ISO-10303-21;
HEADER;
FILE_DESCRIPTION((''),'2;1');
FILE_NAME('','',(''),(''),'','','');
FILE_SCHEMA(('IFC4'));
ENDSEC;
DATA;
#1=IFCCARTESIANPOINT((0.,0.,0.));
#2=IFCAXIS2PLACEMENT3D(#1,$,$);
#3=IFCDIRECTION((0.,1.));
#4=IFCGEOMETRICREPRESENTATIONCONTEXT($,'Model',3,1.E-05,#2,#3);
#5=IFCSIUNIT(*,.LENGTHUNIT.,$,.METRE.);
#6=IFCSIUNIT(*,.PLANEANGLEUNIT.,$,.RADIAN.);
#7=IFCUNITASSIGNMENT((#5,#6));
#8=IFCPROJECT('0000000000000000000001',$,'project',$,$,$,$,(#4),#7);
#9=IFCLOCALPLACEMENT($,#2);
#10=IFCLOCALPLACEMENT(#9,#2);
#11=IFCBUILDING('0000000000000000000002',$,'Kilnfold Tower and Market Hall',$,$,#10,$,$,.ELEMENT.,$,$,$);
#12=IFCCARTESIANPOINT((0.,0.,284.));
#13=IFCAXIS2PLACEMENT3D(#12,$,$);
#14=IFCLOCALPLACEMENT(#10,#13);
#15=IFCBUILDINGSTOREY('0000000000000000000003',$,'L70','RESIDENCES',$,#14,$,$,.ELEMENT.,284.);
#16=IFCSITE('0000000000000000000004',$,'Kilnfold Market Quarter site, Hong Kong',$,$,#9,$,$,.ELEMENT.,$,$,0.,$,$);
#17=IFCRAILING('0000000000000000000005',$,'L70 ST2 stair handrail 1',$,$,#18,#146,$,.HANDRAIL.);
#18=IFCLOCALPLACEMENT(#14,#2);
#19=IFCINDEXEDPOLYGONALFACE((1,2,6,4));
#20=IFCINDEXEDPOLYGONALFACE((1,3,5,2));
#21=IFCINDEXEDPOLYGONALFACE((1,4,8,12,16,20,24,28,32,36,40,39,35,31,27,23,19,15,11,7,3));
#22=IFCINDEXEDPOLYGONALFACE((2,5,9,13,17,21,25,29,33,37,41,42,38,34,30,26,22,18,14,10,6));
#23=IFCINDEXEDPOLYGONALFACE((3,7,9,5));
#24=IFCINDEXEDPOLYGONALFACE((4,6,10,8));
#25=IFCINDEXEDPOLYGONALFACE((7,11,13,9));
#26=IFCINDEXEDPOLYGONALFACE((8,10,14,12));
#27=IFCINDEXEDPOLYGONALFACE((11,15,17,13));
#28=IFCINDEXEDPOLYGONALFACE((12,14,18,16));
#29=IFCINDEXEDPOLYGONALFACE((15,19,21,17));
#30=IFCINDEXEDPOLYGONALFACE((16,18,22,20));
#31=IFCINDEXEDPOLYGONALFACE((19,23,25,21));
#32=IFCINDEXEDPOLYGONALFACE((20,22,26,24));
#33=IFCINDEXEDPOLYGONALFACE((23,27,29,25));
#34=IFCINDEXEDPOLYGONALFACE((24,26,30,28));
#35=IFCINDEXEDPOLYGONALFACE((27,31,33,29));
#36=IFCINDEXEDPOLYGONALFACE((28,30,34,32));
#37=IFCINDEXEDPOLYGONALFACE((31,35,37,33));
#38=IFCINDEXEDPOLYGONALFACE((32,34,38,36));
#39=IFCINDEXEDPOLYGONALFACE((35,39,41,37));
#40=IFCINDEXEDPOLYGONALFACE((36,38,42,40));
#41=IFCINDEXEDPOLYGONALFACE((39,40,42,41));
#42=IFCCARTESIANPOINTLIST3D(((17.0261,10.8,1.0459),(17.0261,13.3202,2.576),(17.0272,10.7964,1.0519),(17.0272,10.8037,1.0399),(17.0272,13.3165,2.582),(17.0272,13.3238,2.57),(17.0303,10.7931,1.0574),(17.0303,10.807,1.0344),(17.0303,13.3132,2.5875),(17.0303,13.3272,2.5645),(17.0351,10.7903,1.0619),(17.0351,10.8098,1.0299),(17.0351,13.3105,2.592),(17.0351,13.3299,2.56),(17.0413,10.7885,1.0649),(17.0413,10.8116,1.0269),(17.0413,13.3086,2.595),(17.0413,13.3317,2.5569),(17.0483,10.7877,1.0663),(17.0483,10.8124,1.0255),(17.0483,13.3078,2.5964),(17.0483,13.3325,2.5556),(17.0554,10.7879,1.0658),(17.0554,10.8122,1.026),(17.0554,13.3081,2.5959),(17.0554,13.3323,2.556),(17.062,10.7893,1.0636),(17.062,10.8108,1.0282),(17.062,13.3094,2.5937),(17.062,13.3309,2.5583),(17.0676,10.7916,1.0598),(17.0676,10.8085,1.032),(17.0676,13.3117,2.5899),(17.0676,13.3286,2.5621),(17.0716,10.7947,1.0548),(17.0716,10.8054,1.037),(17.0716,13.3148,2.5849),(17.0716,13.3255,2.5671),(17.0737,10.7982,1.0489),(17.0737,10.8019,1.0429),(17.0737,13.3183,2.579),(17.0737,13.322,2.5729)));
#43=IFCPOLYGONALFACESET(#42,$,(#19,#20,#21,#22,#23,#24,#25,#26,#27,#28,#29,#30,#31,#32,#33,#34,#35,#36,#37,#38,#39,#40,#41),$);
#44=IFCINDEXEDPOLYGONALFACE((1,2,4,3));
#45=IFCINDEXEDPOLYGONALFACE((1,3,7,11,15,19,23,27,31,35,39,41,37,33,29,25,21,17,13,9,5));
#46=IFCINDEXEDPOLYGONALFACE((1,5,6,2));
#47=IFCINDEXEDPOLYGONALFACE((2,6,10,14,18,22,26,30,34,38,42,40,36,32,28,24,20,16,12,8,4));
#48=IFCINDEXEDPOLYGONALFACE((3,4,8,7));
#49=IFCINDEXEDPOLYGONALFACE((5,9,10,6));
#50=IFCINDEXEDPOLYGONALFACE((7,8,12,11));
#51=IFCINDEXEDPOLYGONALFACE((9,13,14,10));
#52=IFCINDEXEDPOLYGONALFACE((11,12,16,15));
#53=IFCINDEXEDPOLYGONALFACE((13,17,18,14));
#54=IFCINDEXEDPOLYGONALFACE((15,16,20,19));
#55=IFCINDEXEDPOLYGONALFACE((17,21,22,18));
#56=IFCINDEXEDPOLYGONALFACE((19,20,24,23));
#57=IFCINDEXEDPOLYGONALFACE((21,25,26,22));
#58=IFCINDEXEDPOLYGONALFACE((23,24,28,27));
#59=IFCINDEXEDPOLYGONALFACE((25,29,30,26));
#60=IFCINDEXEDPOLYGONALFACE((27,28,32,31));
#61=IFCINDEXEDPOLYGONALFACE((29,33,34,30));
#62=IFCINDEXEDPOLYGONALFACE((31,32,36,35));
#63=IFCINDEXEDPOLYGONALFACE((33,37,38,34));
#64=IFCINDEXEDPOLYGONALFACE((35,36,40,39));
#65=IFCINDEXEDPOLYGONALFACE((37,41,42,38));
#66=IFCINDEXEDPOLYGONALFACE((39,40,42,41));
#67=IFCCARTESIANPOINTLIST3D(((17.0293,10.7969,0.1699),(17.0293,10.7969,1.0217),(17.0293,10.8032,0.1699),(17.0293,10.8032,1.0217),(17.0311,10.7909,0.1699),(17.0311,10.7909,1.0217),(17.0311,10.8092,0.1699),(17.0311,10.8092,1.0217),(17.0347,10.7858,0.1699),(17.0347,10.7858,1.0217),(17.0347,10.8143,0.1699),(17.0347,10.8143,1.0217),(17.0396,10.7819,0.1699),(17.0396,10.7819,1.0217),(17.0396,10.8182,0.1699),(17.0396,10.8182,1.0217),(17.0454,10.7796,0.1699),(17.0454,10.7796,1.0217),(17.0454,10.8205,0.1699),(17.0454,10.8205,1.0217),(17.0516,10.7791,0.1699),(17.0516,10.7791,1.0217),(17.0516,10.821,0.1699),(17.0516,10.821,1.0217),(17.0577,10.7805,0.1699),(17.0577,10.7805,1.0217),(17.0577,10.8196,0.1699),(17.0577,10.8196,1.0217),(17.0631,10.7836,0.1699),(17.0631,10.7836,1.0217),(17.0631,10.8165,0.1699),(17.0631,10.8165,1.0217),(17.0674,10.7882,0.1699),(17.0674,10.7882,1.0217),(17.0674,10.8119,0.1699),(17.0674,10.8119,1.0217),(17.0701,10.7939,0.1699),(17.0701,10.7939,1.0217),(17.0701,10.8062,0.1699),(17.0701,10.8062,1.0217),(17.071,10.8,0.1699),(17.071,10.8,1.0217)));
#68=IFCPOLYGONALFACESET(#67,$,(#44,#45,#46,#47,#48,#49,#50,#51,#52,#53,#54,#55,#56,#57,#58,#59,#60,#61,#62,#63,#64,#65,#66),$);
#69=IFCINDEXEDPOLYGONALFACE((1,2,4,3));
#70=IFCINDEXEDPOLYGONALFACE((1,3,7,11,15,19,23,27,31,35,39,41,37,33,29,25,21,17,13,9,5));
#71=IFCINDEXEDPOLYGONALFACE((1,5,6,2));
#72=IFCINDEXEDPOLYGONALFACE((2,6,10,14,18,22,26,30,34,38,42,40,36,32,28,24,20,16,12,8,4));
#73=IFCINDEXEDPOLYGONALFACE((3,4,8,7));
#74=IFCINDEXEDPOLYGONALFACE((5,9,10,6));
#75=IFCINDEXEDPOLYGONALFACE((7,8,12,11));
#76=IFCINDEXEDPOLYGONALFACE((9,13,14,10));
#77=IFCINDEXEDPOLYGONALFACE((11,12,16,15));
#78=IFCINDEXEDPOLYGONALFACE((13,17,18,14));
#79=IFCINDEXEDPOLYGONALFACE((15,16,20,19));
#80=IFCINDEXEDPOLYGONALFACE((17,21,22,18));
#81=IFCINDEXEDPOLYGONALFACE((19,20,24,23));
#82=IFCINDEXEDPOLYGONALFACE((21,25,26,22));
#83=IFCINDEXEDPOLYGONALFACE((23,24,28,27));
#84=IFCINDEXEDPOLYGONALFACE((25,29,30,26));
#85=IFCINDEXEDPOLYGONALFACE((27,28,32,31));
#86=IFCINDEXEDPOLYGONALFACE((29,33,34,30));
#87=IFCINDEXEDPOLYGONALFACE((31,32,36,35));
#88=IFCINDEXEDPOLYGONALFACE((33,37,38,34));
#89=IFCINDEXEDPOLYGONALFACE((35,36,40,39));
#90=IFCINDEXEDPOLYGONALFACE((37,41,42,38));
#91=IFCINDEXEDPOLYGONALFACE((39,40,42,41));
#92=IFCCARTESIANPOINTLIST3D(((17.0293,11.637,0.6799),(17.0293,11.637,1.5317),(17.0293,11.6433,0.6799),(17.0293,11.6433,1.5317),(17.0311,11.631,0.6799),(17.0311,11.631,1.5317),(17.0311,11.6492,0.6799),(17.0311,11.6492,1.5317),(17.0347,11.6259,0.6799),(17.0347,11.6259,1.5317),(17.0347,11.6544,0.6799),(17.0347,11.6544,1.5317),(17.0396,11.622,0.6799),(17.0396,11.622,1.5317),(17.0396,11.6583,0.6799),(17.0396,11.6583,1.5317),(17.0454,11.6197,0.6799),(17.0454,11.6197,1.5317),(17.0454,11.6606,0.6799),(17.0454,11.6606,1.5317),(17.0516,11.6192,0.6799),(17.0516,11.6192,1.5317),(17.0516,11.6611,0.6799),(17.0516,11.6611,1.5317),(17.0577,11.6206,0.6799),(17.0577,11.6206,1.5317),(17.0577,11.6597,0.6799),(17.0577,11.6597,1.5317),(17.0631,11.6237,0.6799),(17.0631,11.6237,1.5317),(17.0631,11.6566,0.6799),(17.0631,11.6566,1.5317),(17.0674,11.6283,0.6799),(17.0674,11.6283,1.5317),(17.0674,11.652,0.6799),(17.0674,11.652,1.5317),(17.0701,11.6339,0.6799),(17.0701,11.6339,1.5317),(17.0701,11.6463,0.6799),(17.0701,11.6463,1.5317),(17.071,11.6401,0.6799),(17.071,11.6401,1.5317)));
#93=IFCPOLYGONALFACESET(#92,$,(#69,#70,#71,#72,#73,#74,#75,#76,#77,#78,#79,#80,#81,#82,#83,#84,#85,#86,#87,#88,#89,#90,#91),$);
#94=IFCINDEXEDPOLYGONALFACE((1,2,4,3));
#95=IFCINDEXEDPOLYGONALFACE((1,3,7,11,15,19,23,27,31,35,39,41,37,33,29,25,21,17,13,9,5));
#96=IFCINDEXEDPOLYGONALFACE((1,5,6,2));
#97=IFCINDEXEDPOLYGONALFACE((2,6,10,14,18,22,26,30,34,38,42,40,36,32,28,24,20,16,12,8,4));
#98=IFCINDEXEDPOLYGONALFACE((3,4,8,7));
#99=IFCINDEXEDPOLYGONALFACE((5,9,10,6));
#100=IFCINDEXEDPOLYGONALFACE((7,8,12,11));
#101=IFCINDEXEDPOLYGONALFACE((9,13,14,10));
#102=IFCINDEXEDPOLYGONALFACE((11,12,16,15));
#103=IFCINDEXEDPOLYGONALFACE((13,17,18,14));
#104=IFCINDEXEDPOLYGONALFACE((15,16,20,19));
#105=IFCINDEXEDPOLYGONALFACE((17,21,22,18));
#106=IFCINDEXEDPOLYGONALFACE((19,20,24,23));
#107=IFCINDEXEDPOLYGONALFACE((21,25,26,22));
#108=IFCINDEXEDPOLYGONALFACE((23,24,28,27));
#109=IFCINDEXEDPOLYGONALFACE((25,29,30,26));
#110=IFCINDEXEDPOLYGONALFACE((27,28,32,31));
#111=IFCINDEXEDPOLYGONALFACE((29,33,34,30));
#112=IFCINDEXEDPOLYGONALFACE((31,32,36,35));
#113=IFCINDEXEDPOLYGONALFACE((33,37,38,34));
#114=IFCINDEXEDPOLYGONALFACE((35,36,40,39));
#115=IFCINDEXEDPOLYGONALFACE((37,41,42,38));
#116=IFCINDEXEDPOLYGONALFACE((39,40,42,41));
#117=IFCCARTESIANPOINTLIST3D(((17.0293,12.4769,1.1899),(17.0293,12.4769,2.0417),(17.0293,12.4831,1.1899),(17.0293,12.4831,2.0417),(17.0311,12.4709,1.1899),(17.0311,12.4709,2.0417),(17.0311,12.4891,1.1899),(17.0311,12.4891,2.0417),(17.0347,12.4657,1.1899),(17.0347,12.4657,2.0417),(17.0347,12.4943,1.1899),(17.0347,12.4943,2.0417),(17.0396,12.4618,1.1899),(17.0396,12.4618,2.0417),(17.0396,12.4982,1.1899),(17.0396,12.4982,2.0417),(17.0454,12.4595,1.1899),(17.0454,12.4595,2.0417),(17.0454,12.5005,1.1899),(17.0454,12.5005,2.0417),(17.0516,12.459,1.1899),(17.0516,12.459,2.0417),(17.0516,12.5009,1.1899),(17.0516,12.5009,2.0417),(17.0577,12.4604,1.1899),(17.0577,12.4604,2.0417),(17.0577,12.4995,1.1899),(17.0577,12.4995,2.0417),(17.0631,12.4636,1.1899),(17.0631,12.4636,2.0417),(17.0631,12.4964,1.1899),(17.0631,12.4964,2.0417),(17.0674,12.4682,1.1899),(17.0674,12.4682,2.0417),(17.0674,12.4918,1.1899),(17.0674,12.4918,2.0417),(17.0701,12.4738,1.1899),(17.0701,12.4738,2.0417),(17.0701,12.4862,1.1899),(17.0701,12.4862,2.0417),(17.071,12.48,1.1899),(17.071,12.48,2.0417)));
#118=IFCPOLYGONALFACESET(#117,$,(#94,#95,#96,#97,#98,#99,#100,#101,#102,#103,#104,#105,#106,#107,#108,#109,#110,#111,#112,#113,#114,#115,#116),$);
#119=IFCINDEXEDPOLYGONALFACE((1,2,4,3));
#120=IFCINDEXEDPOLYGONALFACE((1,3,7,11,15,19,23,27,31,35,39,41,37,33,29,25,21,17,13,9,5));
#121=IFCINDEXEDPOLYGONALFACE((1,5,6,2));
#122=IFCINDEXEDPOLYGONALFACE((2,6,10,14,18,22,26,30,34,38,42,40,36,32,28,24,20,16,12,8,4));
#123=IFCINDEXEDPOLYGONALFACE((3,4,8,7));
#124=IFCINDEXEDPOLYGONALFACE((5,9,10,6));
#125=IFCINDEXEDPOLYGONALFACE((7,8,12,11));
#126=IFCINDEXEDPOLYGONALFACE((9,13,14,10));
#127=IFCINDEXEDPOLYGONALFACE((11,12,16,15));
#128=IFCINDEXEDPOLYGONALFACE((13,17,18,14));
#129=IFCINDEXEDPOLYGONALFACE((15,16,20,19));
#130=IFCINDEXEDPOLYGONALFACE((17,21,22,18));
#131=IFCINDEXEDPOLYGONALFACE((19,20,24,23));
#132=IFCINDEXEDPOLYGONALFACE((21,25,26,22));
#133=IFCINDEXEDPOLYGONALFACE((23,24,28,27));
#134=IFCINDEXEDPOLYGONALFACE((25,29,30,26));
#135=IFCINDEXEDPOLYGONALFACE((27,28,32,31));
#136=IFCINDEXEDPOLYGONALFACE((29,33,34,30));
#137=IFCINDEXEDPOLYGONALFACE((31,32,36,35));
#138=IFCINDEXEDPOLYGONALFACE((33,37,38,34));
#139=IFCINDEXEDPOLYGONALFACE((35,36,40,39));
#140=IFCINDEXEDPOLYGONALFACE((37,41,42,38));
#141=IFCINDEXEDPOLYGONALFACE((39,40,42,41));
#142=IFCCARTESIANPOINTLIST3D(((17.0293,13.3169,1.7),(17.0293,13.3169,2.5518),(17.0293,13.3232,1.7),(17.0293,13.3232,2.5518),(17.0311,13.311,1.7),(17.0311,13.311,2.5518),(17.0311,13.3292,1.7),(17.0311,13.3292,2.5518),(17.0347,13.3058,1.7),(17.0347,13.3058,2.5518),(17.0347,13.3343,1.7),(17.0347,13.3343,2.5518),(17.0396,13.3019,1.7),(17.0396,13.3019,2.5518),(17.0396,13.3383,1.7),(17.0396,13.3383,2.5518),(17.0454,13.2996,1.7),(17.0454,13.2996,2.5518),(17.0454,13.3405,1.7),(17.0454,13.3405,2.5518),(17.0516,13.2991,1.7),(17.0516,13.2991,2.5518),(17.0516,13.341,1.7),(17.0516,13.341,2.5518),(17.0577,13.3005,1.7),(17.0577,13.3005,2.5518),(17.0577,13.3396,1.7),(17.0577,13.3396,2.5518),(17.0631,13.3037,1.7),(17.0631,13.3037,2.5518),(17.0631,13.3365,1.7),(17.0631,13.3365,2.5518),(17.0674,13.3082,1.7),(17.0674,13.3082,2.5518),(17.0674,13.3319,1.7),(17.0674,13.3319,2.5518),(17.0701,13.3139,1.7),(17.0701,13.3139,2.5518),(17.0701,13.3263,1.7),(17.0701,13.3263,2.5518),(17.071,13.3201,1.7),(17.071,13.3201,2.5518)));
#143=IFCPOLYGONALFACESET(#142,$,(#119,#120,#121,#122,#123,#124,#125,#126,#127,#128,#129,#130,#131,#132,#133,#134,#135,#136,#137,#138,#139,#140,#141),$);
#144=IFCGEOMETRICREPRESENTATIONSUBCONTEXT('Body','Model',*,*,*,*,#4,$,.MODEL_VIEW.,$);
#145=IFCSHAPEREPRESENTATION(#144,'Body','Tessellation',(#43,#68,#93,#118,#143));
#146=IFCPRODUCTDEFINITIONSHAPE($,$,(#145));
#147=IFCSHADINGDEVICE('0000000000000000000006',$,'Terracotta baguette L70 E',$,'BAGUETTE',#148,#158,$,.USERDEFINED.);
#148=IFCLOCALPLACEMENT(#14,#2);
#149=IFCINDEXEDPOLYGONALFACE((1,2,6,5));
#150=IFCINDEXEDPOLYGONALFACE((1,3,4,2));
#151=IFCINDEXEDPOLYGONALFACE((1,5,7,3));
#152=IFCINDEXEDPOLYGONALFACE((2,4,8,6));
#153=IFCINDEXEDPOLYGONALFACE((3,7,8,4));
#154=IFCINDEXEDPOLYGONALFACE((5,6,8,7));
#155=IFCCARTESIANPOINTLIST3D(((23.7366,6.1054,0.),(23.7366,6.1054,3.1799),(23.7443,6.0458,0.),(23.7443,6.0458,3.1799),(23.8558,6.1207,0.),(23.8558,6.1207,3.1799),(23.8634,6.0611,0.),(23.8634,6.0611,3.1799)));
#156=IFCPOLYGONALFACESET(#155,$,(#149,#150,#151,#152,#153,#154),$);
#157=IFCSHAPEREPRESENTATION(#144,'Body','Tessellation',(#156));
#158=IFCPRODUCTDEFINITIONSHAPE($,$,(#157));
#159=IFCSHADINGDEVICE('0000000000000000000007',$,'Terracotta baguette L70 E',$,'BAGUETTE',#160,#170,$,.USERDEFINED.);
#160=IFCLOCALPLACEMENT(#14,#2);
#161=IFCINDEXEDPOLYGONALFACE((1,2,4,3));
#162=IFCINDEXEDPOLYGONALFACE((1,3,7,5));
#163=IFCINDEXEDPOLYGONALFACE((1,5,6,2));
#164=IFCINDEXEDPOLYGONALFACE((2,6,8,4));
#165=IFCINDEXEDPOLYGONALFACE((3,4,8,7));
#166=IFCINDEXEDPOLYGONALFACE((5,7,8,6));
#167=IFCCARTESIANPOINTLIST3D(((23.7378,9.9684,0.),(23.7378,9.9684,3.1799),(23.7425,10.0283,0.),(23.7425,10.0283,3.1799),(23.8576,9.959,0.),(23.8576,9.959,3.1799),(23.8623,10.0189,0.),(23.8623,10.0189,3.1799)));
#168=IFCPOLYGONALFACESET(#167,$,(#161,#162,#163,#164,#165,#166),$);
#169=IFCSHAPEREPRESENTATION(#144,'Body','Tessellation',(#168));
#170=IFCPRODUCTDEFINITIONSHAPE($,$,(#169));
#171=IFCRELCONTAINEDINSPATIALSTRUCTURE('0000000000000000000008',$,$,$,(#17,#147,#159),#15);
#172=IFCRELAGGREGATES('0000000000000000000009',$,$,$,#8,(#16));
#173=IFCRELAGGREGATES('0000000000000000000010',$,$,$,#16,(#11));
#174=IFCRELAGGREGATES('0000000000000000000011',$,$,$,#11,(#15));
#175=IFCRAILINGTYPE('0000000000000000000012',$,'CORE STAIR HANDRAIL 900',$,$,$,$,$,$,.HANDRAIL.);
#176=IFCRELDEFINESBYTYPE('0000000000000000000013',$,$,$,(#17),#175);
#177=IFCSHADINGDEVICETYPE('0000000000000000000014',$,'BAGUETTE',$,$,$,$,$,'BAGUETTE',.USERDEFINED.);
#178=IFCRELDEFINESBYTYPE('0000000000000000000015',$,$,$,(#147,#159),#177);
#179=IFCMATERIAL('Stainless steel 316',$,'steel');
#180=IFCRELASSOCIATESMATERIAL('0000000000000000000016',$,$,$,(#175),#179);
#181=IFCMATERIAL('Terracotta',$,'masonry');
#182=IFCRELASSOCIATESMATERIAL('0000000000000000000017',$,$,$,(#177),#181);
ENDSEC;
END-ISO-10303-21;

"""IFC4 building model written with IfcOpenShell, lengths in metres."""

from ifc_helpers import new_model, si_unit, direction, frame, origin, origin_2d, place, context, subcontext, project, spatial, rectangle, circle, extrude, source, transform, mapped, material, material_profile, profile_set, type_object, element, save


model = new_model("IFC4")

# Units and contexts
model_context = context("Model", 3, precision=1e-05, world=origin(), true_north=direction((0.0, 1.0)))
body_context = subcontext(model_context, "Body", "Model", "MODEL_VIEW")
ifc_project = project(units=[si_unit("LENGTHUNIT", "METRE"), si_unit("PLANEANGLEUNIT", "RADIAN")], contexts=[model_context])

# Site, building, storey
site_placement = place(None, origin())
site = spatial("IfcSite", under=ifc_project, at=site_placement, Name="Kilnfold Market Quarter site, Hong Kong", CompositionType="ELEMENT", RefElevation=0.0)
building_placement = place(site_placement, origin())
building = spatial("IfcBuilding", under=site, at=building_placement, Name="Kilnfold Tower and Market Hall", CompositionType="ELEMENT")
storey_placement = place(building_placement, frame((0.0, 0.0, 284.0)))
storey = spatial("IfcBuildingStorey", under=building, at=storey_placement, Name="L70", Description="RESIDENCES", CompositionType="ELEMENT", Elevation=284.0)

# Railing
ifc_material_1 = material(Name="Stainless steel 316", Category="steel")
railing_type_1 = type_object("IfcRailingType", Name="CORE STAIR HANDRAIL 900", PredefinedType="HANDRAIL", material=ifc_material_1)
railing_1_placement = place(storey_placement, frame((17.05, 10.8, 0.1699)))
element("IfcRailing", 1, at=railing_1_placement, inside=storey, type_object=railing_type_1, Name="L70 ST2 stair handrail 1", PredefinedType="HANDRAIL", context=body_context, shape_type="SweptSolid", body=[
    extrude(circle(Radius=0.0239, at=origin_2d()), frame((0.0, 0.0, 0.876), z_axis=(0.0, 0.854785, 0.518982), x_axis=(-1.0, 0.0, 0.0)), (0.0, 0.0, 1.0), 2.9482),
    extrude(circle(Radius=0.021, at=origin_2d()), origin(), (0.0, 0.0, 1.0), 0.8518),
    extrude(circle(Radius=0.021, at=origin_2d()), frame((0.0, 0.8401, 0.51)), (0.0, 0.0, 1.0), 0.8518),
    extrude(circle(Radius=0.021, at=origin_2d()), frame((0.0, 1.6799, 1.02)), (0.0, 0.0, 1.0), 0.8518),
    extrude(circle(Radius=0.021, at=origin_2d()), frame((0.0, 2.52, 1.53)), (0.0, 0.0, 1.0), 0.8518),
])

# Shading devices
ifc_material_2 = material(Name="Terracotta", Category="masonry")
ifc_material_profile_1 = material_profile(ifc_material_2, rectangle(XDim=0.0601, YDim=0.1201, at=origin_2d()), Name="BAG 60x120")
ifc_profile_set_1 = profile_set([ifc_material_profile_1], Name="Terracotta")
shading_device_type = type_object("IfcShadingDeviceType", Name="BAGUETTE", ElementType="BAGUETTE", PredefinedType="USERDEFINED", material=ifc_profile_set_1)
shared_shape_1 = source(origin(), body_context, "Body", "SweptSolid", [
    extrude(rectangle(XDim=0.0601, YDim=0.1201, at=origin_2d()), origin(), (0.0, 0.0, 1.0), 3.1799),
])
for number, where, z_axis, x_axis, name in (
    (2, (23.8, 6.0833, 0.0), (0.0, 0.0, 1.0), (-0.127619, 0.991823, 0.0), "Terracotta baguette L70 E"),
    (3, (23.8, 9.9937, 0.0), (0.0, 0.0, 1.0), (0.078271, 0.996932, 0.0), "Terracotta baguette L70 E"),
):
    element("IfcShadingDevice", number, at=place(storey_placement, frame(where, z_axis=z_axis, x_axis=x_axis)), inside=storey, type_object=shading_device_type, Name=name, ObjectType="BAGUETTE", PredefinedType="USERDEFINED", context=body_context, shape_type="MappedRepresentation", body=[
        mapped(shared_shape_1, transform((0.0, 0.0, 0.0))),
    ])

save(model, "model.ifc")
